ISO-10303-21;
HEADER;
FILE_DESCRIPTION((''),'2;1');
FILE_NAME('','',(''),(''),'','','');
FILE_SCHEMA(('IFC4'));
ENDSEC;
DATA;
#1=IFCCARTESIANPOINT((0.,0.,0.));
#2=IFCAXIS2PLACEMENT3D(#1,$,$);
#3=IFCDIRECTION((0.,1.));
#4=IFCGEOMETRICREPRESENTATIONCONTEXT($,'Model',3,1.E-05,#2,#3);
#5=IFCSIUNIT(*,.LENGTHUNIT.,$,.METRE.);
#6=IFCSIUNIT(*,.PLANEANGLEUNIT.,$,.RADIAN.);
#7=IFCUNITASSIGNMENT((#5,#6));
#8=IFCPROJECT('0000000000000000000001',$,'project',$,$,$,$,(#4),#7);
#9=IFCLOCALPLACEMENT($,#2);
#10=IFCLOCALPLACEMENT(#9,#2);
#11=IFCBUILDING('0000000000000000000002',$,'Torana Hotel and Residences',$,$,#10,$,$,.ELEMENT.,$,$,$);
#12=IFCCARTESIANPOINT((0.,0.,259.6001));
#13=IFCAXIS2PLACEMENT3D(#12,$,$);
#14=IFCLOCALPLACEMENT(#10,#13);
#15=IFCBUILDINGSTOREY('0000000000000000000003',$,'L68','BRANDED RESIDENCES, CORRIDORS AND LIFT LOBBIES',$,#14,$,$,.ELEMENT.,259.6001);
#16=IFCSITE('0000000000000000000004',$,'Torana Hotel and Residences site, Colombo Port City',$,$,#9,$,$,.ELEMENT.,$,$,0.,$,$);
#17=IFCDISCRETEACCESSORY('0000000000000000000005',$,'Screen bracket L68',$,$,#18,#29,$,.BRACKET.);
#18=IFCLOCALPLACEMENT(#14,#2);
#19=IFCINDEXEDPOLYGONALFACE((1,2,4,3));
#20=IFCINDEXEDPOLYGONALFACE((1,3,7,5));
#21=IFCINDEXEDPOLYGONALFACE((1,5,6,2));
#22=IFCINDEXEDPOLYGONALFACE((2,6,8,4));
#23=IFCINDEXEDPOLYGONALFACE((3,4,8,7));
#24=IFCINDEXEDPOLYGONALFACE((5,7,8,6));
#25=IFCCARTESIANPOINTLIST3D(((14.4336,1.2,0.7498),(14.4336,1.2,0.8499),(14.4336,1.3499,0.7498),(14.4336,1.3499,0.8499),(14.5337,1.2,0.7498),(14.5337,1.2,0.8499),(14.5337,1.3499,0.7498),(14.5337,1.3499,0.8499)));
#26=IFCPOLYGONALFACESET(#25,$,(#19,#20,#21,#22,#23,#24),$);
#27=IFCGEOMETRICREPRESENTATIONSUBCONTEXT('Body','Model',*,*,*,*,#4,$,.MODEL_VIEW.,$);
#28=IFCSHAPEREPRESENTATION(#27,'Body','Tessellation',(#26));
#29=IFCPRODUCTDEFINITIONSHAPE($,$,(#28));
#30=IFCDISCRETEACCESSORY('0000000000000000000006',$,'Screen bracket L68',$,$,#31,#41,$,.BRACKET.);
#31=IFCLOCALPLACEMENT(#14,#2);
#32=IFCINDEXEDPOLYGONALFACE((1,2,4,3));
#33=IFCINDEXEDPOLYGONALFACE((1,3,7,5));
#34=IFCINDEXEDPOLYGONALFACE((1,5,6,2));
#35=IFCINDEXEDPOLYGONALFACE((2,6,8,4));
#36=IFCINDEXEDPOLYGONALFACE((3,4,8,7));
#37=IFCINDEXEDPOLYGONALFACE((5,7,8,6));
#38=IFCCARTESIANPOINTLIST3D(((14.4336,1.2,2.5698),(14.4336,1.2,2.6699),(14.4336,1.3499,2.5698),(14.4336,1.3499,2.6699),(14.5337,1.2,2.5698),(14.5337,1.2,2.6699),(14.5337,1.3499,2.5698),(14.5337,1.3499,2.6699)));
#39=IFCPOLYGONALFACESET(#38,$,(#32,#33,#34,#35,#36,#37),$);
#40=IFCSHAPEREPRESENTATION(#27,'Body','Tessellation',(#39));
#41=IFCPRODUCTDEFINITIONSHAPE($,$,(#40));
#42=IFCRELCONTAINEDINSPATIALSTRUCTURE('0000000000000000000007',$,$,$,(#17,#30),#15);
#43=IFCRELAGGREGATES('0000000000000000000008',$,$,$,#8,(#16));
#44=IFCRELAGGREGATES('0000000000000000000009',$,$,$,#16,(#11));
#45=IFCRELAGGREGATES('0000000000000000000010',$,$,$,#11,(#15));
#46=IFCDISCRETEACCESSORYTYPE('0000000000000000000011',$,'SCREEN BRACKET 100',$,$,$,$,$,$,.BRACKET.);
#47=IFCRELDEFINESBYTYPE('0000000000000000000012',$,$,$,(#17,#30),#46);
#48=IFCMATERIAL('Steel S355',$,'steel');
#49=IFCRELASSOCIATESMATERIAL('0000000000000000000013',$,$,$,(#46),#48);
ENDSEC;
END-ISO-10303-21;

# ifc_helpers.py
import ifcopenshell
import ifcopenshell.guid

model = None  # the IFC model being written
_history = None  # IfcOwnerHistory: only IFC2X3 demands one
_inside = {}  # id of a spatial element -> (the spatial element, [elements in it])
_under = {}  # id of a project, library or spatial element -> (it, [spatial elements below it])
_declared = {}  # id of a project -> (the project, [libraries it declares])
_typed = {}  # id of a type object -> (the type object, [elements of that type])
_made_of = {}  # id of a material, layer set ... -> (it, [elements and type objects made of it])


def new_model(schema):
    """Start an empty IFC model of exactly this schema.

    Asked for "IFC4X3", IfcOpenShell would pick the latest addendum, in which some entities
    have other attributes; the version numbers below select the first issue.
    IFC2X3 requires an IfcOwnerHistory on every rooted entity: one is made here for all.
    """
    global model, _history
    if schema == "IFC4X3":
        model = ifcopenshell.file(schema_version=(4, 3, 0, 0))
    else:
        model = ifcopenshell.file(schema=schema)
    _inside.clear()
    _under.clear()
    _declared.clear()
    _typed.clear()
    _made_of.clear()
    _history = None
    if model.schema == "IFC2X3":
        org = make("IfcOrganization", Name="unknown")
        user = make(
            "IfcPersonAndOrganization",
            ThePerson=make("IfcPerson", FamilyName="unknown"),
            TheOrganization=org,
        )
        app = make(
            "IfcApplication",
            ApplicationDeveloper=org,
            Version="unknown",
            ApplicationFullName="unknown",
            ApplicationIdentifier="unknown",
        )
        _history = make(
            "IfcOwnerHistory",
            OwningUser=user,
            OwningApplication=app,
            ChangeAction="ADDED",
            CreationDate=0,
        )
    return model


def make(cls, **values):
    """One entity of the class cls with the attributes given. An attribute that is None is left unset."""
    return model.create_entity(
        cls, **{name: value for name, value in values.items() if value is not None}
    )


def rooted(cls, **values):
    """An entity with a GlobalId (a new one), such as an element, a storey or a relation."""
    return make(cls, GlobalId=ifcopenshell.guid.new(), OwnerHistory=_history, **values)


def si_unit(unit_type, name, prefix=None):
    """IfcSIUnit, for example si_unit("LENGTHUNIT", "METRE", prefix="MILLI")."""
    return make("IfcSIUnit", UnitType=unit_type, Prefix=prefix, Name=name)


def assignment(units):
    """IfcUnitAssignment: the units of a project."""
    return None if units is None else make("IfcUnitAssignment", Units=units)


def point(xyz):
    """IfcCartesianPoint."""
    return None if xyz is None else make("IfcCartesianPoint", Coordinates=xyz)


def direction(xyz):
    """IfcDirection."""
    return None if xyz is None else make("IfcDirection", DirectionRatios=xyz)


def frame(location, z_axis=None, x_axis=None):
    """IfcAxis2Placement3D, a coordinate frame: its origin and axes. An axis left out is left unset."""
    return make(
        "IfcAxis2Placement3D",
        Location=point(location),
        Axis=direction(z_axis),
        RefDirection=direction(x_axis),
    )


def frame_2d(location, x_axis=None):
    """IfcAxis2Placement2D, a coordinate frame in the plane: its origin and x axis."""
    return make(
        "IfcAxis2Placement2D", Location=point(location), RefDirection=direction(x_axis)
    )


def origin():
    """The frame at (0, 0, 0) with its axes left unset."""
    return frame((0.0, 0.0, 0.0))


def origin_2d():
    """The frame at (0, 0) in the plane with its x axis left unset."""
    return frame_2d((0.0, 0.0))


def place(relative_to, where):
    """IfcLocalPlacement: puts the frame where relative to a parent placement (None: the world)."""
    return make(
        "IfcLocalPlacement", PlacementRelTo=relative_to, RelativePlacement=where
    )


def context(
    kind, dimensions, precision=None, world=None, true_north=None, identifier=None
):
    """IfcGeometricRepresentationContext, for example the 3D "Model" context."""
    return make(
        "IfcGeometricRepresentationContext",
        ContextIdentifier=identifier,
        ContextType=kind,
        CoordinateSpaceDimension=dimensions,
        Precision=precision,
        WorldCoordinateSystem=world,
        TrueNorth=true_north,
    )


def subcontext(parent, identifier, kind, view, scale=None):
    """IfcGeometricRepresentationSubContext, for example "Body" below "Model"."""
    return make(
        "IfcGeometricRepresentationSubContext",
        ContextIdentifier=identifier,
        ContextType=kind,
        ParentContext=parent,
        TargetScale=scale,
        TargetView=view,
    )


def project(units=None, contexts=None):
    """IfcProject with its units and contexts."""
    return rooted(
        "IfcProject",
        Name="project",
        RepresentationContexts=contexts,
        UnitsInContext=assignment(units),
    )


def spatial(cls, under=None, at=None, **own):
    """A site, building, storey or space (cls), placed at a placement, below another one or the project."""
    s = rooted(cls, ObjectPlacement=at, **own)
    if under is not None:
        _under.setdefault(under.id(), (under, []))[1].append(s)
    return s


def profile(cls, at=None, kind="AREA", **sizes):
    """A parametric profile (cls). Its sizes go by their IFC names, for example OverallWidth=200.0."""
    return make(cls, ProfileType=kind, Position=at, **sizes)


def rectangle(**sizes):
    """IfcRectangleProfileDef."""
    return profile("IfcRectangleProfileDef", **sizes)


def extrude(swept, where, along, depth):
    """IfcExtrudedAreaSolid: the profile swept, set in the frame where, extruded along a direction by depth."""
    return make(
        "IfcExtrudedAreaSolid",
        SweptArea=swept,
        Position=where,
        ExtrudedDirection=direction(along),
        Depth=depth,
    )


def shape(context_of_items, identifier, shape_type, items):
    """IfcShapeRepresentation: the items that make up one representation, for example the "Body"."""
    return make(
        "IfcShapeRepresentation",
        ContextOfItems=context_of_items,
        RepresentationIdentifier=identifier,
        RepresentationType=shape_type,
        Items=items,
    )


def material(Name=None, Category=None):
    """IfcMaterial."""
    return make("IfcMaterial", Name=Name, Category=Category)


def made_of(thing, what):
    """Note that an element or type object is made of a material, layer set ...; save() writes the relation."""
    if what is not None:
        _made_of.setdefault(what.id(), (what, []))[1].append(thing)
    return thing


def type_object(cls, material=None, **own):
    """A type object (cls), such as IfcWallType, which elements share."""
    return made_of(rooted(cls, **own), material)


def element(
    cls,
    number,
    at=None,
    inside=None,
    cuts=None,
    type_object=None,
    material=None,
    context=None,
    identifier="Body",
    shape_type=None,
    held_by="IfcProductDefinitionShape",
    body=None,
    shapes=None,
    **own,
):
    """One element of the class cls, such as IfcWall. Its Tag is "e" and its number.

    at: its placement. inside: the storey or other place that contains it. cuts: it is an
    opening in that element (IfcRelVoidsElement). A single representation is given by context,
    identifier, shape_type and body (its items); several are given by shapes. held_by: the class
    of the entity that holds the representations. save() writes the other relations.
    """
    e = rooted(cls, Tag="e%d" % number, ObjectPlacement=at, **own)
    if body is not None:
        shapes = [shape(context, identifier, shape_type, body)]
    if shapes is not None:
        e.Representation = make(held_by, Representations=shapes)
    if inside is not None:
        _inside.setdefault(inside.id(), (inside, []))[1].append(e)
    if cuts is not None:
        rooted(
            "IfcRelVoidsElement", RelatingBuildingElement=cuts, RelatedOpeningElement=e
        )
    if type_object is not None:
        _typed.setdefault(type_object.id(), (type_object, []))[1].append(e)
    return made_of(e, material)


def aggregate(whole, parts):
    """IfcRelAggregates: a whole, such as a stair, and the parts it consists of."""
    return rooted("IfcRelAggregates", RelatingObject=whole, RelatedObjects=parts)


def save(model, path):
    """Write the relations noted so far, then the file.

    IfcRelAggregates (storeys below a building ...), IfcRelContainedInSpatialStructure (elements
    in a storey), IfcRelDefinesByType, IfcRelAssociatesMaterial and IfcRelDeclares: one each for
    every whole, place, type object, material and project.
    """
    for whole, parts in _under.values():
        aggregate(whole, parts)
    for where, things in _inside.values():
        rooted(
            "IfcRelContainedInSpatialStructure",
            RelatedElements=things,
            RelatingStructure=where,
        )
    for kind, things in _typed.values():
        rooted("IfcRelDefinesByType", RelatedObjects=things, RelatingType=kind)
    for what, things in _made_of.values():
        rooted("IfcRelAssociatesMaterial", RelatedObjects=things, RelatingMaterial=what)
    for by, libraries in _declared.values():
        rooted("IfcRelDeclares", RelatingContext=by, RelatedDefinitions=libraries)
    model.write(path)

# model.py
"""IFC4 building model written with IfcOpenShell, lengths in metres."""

from ifc_helpers import new_model, si_unit, direction, frame, origin, origin_2d, place, context, subcontext, project, spatial, rectangle, extrude, material, type_object, element, save


model = new_model("IFC4")

# Units and contexts
model_context = context("Model", 3, precision=1e-05, world=origin(), true_north=direction((0.0, 1.0)))
body_context = subcontext(model_context, "Body", "Model", "MODEL_VIEW")
ifc_project = project(units=[si_unit("LENGTHUNIT", "METRE"), si_unit("PLANEANGLEUNIT", "RADIAN")], contexts=[model_context])

# Site, building, storey
site_placement = place(None, origin())
site = spatial("IfcSite", under=ifc_project, at=site_placement, Name="Torana Hotel and Residences site, Colombo Port City", CompositionType="ELEMENT", RefElevation=0.0)
building_placement = place(site_placement, origin())
building = spatial("IfcBuilding", under=site, at=building_placement, Name="Torana Hotel and Residences", CompositionType="ELEMENT")
storey_placement = place(building_placement, frame((0.0, 0.0, 259.6001)))
storey = spatial("IfcBuildingStorey", under=building, at=storey_placement, Name="L68", Description="BRANDED RESIDENCES, CORRIDORS AND LIFT LOBBIES", CompositionType="ELEMENT", Elevation=259.6001)

# Discrete accessories
ifc_material_1 = material(Name="Steel S355", Category="steel")
discrete_accessory_type = type_object("IfcDiscreteAccessoryType", Name="SCREEN BRACKET 100", PredefinedType="BRACKET", material=ifc_material_1)
for number, where, z_axis, x_axis, name in (
    (1, (14.4836, 1.2749, 0.7498), (0.0, 0.0, 1.0), (-1.0, 0.0, 0.0), "Screen bracket L68"),
    (2, (14.4836, 1.2749, 2.5698), (0.0, 0.0, 1.0), (-1.0, 0.0, 0.0), "Screen bracket L68"),
):
    element("IfcDiscreteAccessory", number, at=place(storey_placement, frame(where, z_axis=z_axis, x_axis=x_axis)), inside=storey, type_object=discrete_accessory_type, Name=name, PredefinedType="BRACKET", context=body_context, shape_type="SweptSolid", body=[
        extrude(rectangle(XDim=0.1001, YDim=0.1499, at=origin_2d()), origin(), (0.0, 0.0, 1.0), 0.1001),
    ])

save(model, "model.ifc")
